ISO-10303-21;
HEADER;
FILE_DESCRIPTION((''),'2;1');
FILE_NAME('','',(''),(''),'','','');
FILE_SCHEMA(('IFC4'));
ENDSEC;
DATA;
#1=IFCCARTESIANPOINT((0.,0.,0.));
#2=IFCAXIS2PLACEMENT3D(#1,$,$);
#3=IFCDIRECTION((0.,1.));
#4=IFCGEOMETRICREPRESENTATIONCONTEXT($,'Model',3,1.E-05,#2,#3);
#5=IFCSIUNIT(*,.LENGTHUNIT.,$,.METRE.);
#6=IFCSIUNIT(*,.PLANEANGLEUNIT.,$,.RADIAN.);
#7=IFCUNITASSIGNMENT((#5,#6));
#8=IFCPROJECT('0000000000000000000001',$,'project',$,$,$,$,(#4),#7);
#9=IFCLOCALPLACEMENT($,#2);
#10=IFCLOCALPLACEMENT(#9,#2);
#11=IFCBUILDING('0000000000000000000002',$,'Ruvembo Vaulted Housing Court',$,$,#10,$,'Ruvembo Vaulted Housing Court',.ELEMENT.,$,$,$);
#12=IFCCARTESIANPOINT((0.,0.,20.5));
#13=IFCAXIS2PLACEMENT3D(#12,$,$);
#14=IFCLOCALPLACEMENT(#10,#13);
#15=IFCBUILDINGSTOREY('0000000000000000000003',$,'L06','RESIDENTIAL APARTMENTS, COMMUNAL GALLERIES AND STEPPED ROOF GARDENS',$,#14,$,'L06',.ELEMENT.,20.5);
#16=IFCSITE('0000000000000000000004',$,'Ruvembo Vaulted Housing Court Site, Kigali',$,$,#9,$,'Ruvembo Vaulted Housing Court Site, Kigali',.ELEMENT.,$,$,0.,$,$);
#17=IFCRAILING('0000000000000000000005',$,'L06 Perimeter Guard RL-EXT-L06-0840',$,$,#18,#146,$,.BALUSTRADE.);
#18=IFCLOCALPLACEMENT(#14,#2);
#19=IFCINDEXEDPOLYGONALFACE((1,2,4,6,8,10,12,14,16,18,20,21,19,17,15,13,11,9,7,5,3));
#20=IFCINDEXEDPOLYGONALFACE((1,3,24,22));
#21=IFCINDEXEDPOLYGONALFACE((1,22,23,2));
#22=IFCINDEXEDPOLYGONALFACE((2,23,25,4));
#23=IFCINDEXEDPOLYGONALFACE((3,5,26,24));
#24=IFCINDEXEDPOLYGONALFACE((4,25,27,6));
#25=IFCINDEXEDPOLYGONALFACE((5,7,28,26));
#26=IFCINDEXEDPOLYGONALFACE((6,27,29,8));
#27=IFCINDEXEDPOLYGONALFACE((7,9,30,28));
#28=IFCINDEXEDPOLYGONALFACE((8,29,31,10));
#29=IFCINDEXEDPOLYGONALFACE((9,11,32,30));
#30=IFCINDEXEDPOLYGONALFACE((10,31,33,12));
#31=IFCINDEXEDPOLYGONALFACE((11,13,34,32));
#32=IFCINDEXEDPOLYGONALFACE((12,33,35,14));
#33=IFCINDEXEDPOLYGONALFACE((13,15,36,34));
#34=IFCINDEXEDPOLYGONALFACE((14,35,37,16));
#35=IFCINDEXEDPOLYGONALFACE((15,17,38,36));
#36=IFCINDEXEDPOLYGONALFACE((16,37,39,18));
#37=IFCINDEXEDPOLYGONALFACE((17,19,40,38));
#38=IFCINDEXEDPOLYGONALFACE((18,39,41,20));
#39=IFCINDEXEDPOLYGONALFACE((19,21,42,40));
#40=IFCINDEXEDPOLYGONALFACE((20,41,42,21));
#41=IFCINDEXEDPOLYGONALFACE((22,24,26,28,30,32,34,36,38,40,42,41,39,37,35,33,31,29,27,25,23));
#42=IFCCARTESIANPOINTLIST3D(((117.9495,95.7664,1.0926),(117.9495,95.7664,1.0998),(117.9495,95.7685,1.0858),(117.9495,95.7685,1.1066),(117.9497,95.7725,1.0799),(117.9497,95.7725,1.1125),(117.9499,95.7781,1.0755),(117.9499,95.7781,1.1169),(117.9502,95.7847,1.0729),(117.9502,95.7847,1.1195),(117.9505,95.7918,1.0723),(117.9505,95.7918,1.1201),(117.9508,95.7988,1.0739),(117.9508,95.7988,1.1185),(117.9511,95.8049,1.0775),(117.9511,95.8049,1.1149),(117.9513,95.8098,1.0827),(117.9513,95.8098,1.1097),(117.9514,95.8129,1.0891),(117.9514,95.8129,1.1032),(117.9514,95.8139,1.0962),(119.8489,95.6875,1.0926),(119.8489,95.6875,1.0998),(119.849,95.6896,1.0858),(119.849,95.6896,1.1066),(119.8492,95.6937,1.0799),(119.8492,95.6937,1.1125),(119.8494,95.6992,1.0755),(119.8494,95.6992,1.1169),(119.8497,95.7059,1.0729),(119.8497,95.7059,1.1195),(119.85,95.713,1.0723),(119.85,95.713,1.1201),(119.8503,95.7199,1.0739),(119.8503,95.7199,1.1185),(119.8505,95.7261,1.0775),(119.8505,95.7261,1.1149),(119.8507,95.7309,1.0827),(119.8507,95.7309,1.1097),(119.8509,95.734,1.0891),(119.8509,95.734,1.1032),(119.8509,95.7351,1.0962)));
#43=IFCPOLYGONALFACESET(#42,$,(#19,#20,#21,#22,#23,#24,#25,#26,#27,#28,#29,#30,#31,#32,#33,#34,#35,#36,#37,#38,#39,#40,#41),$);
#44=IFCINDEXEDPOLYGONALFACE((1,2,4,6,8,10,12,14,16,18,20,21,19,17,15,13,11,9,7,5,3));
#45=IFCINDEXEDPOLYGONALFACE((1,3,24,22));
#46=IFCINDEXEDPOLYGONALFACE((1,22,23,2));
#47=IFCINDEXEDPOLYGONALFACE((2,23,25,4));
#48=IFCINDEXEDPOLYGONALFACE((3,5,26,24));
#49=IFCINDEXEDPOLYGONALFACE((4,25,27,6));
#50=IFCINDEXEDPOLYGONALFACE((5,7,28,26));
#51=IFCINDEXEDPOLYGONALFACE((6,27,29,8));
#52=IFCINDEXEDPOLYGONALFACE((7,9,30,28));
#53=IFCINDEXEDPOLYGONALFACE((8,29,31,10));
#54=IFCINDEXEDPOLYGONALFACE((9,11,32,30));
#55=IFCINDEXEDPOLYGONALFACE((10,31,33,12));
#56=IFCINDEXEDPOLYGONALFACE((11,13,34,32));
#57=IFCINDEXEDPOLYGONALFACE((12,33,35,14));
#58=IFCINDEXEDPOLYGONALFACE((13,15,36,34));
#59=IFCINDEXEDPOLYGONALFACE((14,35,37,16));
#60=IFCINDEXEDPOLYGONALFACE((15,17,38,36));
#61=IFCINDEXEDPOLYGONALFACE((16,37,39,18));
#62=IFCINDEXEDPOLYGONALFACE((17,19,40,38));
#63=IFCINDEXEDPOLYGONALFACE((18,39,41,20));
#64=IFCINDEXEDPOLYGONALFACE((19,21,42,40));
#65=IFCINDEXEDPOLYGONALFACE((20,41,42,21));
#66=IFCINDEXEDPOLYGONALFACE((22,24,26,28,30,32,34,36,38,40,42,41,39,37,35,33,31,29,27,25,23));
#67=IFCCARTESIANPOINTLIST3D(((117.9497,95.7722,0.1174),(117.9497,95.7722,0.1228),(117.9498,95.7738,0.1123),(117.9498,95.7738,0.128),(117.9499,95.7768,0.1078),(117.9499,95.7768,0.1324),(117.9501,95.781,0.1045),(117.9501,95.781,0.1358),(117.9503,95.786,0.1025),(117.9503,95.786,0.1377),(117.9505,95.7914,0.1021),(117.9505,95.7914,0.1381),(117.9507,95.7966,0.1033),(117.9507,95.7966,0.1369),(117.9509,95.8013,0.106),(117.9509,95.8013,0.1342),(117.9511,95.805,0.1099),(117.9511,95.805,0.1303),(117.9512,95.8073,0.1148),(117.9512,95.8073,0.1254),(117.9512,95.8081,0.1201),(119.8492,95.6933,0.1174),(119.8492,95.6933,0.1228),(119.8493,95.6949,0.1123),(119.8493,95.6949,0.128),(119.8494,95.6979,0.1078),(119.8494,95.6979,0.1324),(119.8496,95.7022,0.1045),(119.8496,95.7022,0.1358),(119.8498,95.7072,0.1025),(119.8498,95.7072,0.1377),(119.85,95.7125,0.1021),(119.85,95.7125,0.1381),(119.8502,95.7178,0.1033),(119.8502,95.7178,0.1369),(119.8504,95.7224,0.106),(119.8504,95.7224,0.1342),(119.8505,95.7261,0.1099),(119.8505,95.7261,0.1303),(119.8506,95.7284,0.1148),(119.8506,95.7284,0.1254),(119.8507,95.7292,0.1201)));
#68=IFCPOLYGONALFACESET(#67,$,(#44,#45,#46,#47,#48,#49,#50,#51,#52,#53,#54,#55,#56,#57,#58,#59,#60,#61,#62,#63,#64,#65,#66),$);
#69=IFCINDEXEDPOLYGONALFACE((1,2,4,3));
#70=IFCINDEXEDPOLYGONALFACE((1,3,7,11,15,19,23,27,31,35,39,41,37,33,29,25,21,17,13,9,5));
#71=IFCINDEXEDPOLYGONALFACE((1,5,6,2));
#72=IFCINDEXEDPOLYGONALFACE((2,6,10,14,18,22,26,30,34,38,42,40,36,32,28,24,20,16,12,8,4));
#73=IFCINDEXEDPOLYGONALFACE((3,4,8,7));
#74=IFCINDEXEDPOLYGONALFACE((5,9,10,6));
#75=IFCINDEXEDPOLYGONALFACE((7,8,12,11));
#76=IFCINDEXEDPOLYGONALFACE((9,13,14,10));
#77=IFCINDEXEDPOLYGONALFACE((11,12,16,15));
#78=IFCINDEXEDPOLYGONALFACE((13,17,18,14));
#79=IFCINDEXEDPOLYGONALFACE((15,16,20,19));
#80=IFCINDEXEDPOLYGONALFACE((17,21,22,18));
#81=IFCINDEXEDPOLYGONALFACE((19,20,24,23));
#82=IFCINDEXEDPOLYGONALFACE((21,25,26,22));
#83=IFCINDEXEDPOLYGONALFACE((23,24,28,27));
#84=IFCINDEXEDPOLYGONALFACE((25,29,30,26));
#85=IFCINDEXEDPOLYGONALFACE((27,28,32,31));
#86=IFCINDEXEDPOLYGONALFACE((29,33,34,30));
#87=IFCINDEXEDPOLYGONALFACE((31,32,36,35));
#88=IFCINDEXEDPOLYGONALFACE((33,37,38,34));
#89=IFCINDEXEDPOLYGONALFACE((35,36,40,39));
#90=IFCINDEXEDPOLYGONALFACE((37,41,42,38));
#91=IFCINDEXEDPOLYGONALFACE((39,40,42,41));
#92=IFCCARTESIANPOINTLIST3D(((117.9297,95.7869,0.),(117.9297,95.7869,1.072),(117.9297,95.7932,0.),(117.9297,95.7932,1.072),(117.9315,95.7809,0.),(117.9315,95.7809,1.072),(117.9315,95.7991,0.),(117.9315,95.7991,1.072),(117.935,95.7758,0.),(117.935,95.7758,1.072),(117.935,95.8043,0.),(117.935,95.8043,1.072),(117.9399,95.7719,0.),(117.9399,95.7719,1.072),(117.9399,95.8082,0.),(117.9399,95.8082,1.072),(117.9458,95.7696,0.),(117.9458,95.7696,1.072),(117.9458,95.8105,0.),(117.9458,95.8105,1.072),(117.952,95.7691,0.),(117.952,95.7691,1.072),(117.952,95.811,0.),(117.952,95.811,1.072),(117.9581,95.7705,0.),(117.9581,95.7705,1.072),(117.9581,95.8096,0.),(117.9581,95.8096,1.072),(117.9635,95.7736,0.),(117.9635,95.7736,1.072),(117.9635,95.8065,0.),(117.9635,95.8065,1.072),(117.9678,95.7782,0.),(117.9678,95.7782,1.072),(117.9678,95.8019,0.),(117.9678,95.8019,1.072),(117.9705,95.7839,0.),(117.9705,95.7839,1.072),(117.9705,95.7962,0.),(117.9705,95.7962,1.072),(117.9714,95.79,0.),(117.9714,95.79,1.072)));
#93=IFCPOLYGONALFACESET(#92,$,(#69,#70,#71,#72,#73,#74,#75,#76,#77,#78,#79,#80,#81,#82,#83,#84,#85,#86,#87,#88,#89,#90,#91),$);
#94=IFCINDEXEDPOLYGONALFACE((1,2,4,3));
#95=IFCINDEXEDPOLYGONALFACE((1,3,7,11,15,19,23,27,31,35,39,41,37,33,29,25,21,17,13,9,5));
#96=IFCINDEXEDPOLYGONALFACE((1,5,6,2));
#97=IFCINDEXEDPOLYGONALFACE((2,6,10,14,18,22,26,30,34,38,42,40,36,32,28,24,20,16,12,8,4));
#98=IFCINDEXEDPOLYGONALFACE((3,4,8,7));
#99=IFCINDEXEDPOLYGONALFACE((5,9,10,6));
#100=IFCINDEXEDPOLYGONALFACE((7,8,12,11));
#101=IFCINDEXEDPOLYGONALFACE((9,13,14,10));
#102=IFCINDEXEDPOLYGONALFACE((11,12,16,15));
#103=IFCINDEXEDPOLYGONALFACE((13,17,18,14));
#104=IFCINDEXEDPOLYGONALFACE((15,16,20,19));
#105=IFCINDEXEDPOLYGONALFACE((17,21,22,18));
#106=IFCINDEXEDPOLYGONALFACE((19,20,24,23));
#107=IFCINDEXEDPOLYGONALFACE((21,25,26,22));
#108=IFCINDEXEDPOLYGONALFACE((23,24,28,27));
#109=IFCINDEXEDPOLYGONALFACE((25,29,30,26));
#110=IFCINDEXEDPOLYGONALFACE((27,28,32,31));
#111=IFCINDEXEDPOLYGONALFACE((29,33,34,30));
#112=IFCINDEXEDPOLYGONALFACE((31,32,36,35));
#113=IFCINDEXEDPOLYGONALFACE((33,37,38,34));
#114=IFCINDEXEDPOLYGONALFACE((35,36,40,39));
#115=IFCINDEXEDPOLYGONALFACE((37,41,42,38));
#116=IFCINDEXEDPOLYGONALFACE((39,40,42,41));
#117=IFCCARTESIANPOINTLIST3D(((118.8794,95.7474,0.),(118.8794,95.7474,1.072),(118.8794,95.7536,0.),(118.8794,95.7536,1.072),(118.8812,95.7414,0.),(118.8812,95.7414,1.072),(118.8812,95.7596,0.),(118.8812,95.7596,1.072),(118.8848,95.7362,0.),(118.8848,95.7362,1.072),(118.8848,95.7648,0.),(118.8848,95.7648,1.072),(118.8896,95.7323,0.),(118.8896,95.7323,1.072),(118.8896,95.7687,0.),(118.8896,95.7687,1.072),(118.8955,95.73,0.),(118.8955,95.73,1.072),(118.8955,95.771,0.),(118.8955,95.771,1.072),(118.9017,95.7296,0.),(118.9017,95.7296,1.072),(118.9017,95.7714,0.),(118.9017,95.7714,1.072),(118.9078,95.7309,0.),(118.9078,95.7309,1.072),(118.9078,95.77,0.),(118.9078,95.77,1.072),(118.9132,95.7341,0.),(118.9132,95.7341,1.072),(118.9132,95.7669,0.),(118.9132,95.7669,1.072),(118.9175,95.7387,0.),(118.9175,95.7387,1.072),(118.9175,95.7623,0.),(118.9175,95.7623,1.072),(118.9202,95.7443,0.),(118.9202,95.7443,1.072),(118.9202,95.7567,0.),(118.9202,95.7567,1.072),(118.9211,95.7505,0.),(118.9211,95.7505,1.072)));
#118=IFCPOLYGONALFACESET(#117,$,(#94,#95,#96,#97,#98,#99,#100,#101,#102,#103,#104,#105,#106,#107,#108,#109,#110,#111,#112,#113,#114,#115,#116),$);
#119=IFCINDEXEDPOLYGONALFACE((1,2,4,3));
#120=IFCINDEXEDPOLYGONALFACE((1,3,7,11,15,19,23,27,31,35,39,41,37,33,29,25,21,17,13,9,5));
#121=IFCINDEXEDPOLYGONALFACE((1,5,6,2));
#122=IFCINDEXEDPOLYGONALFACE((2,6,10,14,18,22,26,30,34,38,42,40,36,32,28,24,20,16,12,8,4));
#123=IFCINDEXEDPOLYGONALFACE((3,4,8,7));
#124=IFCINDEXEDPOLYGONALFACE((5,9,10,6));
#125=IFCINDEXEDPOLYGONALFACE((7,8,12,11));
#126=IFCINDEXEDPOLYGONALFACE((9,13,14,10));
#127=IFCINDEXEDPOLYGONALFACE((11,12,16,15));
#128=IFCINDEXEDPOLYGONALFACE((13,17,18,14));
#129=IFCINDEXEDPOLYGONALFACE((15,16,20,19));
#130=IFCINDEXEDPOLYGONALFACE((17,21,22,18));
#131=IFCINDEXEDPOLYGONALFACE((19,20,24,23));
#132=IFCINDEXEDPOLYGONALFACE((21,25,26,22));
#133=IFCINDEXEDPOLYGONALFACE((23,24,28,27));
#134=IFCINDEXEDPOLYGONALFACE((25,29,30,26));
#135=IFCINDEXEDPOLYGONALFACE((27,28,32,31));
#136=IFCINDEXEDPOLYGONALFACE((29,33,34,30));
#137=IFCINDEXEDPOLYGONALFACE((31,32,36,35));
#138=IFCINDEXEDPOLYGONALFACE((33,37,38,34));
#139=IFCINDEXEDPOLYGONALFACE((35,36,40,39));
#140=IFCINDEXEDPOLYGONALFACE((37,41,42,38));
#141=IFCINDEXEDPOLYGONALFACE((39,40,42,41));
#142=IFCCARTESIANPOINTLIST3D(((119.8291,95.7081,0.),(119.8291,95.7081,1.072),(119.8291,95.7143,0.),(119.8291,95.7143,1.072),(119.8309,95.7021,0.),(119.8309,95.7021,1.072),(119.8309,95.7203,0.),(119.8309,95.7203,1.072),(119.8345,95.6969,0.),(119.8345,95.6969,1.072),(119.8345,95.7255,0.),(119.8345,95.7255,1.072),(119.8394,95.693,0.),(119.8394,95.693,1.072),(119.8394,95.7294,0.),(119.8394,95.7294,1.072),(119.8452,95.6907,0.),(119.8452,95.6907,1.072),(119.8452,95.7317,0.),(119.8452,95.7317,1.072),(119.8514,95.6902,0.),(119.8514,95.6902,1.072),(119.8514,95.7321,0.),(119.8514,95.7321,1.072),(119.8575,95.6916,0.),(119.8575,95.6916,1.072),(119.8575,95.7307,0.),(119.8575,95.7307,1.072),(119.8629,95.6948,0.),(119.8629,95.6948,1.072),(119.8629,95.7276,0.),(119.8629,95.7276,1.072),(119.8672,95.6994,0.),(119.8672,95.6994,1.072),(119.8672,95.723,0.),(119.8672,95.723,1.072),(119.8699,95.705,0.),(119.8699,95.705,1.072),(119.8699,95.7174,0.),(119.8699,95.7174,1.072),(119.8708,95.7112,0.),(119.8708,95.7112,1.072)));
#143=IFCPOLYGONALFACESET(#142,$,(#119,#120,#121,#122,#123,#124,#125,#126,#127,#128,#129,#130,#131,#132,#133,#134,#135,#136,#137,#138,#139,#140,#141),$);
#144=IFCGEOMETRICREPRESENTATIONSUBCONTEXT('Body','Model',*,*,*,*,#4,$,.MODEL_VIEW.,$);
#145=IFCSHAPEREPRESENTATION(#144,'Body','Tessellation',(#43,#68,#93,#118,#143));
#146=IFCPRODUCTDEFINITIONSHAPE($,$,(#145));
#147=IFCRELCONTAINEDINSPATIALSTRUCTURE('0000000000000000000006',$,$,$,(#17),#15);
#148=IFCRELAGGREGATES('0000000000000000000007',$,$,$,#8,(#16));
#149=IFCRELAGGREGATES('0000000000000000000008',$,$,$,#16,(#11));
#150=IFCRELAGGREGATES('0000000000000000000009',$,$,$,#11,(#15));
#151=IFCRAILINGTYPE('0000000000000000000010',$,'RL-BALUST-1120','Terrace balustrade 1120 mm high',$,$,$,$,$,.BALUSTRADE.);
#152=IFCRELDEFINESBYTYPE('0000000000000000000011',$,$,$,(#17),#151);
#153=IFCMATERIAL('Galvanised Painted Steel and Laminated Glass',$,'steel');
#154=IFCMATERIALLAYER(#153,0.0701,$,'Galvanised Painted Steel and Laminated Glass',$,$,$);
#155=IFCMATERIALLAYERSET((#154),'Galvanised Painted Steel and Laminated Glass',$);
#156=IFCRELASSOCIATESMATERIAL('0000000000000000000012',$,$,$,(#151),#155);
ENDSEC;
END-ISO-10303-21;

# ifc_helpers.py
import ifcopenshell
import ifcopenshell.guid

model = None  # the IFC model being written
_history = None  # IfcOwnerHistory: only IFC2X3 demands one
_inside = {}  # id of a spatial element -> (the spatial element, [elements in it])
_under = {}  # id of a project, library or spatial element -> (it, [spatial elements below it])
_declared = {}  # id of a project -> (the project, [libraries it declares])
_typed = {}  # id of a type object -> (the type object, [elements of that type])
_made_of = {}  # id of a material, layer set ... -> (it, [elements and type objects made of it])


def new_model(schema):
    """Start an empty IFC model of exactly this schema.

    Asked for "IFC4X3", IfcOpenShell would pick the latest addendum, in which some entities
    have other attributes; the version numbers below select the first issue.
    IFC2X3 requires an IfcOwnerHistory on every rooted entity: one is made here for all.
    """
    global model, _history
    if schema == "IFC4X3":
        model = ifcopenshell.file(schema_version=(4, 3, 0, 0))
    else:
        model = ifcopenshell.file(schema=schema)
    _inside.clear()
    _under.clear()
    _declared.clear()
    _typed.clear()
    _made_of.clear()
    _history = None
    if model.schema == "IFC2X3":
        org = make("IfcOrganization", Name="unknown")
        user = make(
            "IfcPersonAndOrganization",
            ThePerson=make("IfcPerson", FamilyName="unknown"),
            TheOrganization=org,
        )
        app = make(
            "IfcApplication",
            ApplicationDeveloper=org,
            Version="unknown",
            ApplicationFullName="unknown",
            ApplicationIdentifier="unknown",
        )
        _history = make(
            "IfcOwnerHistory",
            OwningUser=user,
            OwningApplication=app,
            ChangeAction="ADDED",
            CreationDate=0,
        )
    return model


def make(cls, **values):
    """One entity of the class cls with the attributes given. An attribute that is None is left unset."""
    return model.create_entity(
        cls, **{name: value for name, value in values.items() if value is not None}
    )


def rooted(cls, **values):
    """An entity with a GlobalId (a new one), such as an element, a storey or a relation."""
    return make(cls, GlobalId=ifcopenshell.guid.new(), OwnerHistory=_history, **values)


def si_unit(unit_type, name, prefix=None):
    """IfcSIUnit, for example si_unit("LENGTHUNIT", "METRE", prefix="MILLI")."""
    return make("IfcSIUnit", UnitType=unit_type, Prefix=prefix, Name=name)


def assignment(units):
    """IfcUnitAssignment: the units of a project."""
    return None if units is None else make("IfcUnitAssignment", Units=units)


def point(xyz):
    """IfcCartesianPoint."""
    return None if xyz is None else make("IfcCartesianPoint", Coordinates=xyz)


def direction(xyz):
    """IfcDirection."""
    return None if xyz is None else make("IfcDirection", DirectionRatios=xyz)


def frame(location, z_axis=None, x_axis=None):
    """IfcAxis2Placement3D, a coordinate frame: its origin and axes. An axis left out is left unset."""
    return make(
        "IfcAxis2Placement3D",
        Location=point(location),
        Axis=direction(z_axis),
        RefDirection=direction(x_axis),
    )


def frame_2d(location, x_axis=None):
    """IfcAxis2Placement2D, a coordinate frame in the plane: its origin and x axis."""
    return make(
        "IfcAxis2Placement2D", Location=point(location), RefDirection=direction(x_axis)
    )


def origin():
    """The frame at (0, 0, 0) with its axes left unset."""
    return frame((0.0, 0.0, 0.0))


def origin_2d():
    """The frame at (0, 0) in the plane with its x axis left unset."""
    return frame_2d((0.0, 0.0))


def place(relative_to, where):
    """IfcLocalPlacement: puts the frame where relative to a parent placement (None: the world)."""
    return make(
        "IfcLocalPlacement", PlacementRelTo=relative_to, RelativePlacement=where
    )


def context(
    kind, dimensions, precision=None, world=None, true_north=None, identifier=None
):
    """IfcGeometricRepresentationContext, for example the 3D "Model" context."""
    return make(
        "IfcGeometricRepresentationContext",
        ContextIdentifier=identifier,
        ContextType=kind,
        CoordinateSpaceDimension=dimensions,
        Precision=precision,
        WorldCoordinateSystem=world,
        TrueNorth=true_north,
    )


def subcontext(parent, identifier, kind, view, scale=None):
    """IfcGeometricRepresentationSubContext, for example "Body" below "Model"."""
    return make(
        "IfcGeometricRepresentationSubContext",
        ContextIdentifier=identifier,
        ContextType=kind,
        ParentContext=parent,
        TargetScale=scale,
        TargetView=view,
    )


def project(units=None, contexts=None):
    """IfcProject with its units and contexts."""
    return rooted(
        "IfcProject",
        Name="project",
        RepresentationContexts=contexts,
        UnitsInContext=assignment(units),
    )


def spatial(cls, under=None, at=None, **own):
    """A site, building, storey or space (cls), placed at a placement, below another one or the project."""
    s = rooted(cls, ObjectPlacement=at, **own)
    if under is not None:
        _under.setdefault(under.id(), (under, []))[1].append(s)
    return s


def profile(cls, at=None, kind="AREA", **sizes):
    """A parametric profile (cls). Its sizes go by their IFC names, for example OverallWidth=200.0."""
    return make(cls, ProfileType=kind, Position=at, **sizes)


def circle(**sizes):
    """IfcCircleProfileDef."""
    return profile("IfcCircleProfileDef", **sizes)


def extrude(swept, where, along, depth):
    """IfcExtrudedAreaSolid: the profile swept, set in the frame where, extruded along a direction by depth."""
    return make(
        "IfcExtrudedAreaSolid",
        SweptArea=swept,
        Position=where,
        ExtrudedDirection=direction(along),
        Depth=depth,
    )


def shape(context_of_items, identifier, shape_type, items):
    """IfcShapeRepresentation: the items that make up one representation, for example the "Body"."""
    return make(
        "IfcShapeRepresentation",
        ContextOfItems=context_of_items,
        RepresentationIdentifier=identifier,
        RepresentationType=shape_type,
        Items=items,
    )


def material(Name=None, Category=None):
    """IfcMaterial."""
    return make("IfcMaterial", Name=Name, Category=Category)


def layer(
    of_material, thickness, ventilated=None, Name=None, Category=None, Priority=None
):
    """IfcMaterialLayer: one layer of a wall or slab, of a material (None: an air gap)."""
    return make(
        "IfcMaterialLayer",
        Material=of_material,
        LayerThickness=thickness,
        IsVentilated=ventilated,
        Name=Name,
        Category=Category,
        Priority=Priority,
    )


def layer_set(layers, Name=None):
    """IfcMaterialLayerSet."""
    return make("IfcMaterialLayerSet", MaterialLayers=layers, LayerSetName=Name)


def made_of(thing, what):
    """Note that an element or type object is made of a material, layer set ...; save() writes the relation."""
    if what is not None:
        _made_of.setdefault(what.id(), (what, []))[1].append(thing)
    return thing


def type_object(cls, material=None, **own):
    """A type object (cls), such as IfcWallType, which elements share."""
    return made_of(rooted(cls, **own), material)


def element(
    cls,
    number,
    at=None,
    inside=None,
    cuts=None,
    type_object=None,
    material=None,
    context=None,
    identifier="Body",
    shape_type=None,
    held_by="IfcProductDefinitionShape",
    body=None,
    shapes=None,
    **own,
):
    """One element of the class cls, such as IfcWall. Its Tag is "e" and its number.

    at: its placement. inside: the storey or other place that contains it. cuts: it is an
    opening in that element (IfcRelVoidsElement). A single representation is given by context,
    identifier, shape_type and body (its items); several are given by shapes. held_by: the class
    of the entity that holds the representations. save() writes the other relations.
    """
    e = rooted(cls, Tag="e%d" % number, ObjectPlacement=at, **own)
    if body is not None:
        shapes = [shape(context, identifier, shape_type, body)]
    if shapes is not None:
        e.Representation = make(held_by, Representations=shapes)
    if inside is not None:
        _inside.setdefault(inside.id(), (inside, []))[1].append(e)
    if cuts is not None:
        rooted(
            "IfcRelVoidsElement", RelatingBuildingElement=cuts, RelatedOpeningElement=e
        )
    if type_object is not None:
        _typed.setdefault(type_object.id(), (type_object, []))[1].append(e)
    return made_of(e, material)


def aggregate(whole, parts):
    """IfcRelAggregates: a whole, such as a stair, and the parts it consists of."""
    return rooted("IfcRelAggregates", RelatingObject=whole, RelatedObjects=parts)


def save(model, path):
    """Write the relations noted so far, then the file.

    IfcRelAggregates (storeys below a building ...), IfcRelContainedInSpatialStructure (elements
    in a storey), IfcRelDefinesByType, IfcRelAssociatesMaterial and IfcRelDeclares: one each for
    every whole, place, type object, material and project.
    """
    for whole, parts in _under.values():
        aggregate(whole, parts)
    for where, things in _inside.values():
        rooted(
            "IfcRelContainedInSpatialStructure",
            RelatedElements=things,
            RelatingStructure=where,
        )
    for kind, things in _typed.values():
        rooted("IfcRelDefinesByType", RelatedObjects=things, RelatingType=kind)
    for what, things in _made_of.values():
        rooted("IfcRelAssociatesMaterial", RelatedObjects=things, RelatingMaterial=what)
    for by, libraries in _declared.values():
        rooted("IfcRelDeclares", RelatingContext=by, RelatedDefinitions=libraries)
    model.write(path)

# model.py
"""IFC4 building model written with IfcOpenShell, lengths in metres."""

from ifc_helpers import new_model, si_unit, direction, frame, origin, origin_2d, place, context, subcontext, project, spatial, circle, extrude, material, layer, layer_set, type_object, element, save


model = new_model("IFC4")

# Units and contexts
model_context = context("Model", 3, precision=1e-05, world=origin(), true_north=direction((0.0, 1.0)))
body_context = subcontext(model_context, "Body", "Model", "MODEL_VIEW")
ifc_project = project(units=[si_unit("LENGTHUNIT", "METRE"), si_unit("PLANEANGLEUNIT", "RADIAN")], contexts=[model_context])

# Site, building, storey
site_placement = place(None, origin())
site = spatial("IfcSite", under=ifc_project, at=site_placement, Name="Ruvembo Vaulted Housing Court Site, Kigali", LongName="Ruvembo Vaulted Housing Court Site, Kigali", CompositionType="ELEMENT", RefElevation=0.0)
building_placement = place(site_placement, origin())
building = spatial("IfcBuilding", under=site, at=building_placement, Name="Ruvembo Vaulted Housing Court", LongName="Ruvembo Vaulted Housing Court", CompositionType="ELEMENT")
storey_placement = place(building_placement, frame((0.0, 0.0, 20.5)))
storey = spatial("IfcBuildingStorey", under=building, at=storey_placement, Name="L06", Description="RESIDENTIAL APARTMENTS, COMMUNAL GALLERIES AND STEPPED ROOF GARDENS", LongName="L06", CompositionType="ELEMENT", Elevation=20.5)

# Railing
ifc_material_1 = material(Name="Galvanised Painted Steel and Laminated Glass", Category="steel")
ifc_layer = layer(ifc_material_1, 0.0701, Name="Galvanised Painted Steel and Laminated Glass")
ifc_layer_set = layer_set([ifc_layer], Name="Galvanised Painted Steel and Laminated Glass")
railing_type = type_object("IfcRailingType", Name="RL-BALUST-1120", Description="Terrace balustrade 1120 mm high", PredefinedType="BALUSTRADE", material=ifc_layer_set)
railing_1_placement = place(storey_placement, frame((117.9504, 95.79, 0.0)))
element("IfcRailing", 1, at=railing_1_placement, inside=storey, type_object=railing_type, Name="L06 Perimeter Guard RL-EXT-L06-0840", PredefinedType="BALUSTRADE", context=body_context, shape_type="SweptSolid", body=[
    extrude(circle(Radius=0.0239, at=origin_2d()), frame((0.0, 0.0, 1.0962), z_axis=(0.999139, -0.041481, 0.0), x_axis=(0.041481, 0.999139, 0.0)), (0.0, 0.0, 1.0), 1.9011),
    extrude(circle(Radius=0.0181, at=origin_2d()), frame((0.0, 0.0, 0.1201), z_axis=(0.999139, -0.041481, 0.0), x_axis=(0.041481, 0.999139, 0.0)), (0.0, 0.0, 1.0), 1.9011),
    extrude(circle(Radius=0.021, at=origin_2d()), origin(), (0.0, 0.0, 1.0), 1.072),
    extrude(circle(Radius=0.021, at=origin_2d()), frame((0.9497, -0.0396, 0.0)), (0.0, 0.0, 1.0), 1.072),
    extrude(circle(Radius=0.021, at=origin_2d()), frame((1.8994, -0.0789, 0.0)), (0.0, 0.0, 1.0), 1.072),
])

save(model, "model.ifc")
